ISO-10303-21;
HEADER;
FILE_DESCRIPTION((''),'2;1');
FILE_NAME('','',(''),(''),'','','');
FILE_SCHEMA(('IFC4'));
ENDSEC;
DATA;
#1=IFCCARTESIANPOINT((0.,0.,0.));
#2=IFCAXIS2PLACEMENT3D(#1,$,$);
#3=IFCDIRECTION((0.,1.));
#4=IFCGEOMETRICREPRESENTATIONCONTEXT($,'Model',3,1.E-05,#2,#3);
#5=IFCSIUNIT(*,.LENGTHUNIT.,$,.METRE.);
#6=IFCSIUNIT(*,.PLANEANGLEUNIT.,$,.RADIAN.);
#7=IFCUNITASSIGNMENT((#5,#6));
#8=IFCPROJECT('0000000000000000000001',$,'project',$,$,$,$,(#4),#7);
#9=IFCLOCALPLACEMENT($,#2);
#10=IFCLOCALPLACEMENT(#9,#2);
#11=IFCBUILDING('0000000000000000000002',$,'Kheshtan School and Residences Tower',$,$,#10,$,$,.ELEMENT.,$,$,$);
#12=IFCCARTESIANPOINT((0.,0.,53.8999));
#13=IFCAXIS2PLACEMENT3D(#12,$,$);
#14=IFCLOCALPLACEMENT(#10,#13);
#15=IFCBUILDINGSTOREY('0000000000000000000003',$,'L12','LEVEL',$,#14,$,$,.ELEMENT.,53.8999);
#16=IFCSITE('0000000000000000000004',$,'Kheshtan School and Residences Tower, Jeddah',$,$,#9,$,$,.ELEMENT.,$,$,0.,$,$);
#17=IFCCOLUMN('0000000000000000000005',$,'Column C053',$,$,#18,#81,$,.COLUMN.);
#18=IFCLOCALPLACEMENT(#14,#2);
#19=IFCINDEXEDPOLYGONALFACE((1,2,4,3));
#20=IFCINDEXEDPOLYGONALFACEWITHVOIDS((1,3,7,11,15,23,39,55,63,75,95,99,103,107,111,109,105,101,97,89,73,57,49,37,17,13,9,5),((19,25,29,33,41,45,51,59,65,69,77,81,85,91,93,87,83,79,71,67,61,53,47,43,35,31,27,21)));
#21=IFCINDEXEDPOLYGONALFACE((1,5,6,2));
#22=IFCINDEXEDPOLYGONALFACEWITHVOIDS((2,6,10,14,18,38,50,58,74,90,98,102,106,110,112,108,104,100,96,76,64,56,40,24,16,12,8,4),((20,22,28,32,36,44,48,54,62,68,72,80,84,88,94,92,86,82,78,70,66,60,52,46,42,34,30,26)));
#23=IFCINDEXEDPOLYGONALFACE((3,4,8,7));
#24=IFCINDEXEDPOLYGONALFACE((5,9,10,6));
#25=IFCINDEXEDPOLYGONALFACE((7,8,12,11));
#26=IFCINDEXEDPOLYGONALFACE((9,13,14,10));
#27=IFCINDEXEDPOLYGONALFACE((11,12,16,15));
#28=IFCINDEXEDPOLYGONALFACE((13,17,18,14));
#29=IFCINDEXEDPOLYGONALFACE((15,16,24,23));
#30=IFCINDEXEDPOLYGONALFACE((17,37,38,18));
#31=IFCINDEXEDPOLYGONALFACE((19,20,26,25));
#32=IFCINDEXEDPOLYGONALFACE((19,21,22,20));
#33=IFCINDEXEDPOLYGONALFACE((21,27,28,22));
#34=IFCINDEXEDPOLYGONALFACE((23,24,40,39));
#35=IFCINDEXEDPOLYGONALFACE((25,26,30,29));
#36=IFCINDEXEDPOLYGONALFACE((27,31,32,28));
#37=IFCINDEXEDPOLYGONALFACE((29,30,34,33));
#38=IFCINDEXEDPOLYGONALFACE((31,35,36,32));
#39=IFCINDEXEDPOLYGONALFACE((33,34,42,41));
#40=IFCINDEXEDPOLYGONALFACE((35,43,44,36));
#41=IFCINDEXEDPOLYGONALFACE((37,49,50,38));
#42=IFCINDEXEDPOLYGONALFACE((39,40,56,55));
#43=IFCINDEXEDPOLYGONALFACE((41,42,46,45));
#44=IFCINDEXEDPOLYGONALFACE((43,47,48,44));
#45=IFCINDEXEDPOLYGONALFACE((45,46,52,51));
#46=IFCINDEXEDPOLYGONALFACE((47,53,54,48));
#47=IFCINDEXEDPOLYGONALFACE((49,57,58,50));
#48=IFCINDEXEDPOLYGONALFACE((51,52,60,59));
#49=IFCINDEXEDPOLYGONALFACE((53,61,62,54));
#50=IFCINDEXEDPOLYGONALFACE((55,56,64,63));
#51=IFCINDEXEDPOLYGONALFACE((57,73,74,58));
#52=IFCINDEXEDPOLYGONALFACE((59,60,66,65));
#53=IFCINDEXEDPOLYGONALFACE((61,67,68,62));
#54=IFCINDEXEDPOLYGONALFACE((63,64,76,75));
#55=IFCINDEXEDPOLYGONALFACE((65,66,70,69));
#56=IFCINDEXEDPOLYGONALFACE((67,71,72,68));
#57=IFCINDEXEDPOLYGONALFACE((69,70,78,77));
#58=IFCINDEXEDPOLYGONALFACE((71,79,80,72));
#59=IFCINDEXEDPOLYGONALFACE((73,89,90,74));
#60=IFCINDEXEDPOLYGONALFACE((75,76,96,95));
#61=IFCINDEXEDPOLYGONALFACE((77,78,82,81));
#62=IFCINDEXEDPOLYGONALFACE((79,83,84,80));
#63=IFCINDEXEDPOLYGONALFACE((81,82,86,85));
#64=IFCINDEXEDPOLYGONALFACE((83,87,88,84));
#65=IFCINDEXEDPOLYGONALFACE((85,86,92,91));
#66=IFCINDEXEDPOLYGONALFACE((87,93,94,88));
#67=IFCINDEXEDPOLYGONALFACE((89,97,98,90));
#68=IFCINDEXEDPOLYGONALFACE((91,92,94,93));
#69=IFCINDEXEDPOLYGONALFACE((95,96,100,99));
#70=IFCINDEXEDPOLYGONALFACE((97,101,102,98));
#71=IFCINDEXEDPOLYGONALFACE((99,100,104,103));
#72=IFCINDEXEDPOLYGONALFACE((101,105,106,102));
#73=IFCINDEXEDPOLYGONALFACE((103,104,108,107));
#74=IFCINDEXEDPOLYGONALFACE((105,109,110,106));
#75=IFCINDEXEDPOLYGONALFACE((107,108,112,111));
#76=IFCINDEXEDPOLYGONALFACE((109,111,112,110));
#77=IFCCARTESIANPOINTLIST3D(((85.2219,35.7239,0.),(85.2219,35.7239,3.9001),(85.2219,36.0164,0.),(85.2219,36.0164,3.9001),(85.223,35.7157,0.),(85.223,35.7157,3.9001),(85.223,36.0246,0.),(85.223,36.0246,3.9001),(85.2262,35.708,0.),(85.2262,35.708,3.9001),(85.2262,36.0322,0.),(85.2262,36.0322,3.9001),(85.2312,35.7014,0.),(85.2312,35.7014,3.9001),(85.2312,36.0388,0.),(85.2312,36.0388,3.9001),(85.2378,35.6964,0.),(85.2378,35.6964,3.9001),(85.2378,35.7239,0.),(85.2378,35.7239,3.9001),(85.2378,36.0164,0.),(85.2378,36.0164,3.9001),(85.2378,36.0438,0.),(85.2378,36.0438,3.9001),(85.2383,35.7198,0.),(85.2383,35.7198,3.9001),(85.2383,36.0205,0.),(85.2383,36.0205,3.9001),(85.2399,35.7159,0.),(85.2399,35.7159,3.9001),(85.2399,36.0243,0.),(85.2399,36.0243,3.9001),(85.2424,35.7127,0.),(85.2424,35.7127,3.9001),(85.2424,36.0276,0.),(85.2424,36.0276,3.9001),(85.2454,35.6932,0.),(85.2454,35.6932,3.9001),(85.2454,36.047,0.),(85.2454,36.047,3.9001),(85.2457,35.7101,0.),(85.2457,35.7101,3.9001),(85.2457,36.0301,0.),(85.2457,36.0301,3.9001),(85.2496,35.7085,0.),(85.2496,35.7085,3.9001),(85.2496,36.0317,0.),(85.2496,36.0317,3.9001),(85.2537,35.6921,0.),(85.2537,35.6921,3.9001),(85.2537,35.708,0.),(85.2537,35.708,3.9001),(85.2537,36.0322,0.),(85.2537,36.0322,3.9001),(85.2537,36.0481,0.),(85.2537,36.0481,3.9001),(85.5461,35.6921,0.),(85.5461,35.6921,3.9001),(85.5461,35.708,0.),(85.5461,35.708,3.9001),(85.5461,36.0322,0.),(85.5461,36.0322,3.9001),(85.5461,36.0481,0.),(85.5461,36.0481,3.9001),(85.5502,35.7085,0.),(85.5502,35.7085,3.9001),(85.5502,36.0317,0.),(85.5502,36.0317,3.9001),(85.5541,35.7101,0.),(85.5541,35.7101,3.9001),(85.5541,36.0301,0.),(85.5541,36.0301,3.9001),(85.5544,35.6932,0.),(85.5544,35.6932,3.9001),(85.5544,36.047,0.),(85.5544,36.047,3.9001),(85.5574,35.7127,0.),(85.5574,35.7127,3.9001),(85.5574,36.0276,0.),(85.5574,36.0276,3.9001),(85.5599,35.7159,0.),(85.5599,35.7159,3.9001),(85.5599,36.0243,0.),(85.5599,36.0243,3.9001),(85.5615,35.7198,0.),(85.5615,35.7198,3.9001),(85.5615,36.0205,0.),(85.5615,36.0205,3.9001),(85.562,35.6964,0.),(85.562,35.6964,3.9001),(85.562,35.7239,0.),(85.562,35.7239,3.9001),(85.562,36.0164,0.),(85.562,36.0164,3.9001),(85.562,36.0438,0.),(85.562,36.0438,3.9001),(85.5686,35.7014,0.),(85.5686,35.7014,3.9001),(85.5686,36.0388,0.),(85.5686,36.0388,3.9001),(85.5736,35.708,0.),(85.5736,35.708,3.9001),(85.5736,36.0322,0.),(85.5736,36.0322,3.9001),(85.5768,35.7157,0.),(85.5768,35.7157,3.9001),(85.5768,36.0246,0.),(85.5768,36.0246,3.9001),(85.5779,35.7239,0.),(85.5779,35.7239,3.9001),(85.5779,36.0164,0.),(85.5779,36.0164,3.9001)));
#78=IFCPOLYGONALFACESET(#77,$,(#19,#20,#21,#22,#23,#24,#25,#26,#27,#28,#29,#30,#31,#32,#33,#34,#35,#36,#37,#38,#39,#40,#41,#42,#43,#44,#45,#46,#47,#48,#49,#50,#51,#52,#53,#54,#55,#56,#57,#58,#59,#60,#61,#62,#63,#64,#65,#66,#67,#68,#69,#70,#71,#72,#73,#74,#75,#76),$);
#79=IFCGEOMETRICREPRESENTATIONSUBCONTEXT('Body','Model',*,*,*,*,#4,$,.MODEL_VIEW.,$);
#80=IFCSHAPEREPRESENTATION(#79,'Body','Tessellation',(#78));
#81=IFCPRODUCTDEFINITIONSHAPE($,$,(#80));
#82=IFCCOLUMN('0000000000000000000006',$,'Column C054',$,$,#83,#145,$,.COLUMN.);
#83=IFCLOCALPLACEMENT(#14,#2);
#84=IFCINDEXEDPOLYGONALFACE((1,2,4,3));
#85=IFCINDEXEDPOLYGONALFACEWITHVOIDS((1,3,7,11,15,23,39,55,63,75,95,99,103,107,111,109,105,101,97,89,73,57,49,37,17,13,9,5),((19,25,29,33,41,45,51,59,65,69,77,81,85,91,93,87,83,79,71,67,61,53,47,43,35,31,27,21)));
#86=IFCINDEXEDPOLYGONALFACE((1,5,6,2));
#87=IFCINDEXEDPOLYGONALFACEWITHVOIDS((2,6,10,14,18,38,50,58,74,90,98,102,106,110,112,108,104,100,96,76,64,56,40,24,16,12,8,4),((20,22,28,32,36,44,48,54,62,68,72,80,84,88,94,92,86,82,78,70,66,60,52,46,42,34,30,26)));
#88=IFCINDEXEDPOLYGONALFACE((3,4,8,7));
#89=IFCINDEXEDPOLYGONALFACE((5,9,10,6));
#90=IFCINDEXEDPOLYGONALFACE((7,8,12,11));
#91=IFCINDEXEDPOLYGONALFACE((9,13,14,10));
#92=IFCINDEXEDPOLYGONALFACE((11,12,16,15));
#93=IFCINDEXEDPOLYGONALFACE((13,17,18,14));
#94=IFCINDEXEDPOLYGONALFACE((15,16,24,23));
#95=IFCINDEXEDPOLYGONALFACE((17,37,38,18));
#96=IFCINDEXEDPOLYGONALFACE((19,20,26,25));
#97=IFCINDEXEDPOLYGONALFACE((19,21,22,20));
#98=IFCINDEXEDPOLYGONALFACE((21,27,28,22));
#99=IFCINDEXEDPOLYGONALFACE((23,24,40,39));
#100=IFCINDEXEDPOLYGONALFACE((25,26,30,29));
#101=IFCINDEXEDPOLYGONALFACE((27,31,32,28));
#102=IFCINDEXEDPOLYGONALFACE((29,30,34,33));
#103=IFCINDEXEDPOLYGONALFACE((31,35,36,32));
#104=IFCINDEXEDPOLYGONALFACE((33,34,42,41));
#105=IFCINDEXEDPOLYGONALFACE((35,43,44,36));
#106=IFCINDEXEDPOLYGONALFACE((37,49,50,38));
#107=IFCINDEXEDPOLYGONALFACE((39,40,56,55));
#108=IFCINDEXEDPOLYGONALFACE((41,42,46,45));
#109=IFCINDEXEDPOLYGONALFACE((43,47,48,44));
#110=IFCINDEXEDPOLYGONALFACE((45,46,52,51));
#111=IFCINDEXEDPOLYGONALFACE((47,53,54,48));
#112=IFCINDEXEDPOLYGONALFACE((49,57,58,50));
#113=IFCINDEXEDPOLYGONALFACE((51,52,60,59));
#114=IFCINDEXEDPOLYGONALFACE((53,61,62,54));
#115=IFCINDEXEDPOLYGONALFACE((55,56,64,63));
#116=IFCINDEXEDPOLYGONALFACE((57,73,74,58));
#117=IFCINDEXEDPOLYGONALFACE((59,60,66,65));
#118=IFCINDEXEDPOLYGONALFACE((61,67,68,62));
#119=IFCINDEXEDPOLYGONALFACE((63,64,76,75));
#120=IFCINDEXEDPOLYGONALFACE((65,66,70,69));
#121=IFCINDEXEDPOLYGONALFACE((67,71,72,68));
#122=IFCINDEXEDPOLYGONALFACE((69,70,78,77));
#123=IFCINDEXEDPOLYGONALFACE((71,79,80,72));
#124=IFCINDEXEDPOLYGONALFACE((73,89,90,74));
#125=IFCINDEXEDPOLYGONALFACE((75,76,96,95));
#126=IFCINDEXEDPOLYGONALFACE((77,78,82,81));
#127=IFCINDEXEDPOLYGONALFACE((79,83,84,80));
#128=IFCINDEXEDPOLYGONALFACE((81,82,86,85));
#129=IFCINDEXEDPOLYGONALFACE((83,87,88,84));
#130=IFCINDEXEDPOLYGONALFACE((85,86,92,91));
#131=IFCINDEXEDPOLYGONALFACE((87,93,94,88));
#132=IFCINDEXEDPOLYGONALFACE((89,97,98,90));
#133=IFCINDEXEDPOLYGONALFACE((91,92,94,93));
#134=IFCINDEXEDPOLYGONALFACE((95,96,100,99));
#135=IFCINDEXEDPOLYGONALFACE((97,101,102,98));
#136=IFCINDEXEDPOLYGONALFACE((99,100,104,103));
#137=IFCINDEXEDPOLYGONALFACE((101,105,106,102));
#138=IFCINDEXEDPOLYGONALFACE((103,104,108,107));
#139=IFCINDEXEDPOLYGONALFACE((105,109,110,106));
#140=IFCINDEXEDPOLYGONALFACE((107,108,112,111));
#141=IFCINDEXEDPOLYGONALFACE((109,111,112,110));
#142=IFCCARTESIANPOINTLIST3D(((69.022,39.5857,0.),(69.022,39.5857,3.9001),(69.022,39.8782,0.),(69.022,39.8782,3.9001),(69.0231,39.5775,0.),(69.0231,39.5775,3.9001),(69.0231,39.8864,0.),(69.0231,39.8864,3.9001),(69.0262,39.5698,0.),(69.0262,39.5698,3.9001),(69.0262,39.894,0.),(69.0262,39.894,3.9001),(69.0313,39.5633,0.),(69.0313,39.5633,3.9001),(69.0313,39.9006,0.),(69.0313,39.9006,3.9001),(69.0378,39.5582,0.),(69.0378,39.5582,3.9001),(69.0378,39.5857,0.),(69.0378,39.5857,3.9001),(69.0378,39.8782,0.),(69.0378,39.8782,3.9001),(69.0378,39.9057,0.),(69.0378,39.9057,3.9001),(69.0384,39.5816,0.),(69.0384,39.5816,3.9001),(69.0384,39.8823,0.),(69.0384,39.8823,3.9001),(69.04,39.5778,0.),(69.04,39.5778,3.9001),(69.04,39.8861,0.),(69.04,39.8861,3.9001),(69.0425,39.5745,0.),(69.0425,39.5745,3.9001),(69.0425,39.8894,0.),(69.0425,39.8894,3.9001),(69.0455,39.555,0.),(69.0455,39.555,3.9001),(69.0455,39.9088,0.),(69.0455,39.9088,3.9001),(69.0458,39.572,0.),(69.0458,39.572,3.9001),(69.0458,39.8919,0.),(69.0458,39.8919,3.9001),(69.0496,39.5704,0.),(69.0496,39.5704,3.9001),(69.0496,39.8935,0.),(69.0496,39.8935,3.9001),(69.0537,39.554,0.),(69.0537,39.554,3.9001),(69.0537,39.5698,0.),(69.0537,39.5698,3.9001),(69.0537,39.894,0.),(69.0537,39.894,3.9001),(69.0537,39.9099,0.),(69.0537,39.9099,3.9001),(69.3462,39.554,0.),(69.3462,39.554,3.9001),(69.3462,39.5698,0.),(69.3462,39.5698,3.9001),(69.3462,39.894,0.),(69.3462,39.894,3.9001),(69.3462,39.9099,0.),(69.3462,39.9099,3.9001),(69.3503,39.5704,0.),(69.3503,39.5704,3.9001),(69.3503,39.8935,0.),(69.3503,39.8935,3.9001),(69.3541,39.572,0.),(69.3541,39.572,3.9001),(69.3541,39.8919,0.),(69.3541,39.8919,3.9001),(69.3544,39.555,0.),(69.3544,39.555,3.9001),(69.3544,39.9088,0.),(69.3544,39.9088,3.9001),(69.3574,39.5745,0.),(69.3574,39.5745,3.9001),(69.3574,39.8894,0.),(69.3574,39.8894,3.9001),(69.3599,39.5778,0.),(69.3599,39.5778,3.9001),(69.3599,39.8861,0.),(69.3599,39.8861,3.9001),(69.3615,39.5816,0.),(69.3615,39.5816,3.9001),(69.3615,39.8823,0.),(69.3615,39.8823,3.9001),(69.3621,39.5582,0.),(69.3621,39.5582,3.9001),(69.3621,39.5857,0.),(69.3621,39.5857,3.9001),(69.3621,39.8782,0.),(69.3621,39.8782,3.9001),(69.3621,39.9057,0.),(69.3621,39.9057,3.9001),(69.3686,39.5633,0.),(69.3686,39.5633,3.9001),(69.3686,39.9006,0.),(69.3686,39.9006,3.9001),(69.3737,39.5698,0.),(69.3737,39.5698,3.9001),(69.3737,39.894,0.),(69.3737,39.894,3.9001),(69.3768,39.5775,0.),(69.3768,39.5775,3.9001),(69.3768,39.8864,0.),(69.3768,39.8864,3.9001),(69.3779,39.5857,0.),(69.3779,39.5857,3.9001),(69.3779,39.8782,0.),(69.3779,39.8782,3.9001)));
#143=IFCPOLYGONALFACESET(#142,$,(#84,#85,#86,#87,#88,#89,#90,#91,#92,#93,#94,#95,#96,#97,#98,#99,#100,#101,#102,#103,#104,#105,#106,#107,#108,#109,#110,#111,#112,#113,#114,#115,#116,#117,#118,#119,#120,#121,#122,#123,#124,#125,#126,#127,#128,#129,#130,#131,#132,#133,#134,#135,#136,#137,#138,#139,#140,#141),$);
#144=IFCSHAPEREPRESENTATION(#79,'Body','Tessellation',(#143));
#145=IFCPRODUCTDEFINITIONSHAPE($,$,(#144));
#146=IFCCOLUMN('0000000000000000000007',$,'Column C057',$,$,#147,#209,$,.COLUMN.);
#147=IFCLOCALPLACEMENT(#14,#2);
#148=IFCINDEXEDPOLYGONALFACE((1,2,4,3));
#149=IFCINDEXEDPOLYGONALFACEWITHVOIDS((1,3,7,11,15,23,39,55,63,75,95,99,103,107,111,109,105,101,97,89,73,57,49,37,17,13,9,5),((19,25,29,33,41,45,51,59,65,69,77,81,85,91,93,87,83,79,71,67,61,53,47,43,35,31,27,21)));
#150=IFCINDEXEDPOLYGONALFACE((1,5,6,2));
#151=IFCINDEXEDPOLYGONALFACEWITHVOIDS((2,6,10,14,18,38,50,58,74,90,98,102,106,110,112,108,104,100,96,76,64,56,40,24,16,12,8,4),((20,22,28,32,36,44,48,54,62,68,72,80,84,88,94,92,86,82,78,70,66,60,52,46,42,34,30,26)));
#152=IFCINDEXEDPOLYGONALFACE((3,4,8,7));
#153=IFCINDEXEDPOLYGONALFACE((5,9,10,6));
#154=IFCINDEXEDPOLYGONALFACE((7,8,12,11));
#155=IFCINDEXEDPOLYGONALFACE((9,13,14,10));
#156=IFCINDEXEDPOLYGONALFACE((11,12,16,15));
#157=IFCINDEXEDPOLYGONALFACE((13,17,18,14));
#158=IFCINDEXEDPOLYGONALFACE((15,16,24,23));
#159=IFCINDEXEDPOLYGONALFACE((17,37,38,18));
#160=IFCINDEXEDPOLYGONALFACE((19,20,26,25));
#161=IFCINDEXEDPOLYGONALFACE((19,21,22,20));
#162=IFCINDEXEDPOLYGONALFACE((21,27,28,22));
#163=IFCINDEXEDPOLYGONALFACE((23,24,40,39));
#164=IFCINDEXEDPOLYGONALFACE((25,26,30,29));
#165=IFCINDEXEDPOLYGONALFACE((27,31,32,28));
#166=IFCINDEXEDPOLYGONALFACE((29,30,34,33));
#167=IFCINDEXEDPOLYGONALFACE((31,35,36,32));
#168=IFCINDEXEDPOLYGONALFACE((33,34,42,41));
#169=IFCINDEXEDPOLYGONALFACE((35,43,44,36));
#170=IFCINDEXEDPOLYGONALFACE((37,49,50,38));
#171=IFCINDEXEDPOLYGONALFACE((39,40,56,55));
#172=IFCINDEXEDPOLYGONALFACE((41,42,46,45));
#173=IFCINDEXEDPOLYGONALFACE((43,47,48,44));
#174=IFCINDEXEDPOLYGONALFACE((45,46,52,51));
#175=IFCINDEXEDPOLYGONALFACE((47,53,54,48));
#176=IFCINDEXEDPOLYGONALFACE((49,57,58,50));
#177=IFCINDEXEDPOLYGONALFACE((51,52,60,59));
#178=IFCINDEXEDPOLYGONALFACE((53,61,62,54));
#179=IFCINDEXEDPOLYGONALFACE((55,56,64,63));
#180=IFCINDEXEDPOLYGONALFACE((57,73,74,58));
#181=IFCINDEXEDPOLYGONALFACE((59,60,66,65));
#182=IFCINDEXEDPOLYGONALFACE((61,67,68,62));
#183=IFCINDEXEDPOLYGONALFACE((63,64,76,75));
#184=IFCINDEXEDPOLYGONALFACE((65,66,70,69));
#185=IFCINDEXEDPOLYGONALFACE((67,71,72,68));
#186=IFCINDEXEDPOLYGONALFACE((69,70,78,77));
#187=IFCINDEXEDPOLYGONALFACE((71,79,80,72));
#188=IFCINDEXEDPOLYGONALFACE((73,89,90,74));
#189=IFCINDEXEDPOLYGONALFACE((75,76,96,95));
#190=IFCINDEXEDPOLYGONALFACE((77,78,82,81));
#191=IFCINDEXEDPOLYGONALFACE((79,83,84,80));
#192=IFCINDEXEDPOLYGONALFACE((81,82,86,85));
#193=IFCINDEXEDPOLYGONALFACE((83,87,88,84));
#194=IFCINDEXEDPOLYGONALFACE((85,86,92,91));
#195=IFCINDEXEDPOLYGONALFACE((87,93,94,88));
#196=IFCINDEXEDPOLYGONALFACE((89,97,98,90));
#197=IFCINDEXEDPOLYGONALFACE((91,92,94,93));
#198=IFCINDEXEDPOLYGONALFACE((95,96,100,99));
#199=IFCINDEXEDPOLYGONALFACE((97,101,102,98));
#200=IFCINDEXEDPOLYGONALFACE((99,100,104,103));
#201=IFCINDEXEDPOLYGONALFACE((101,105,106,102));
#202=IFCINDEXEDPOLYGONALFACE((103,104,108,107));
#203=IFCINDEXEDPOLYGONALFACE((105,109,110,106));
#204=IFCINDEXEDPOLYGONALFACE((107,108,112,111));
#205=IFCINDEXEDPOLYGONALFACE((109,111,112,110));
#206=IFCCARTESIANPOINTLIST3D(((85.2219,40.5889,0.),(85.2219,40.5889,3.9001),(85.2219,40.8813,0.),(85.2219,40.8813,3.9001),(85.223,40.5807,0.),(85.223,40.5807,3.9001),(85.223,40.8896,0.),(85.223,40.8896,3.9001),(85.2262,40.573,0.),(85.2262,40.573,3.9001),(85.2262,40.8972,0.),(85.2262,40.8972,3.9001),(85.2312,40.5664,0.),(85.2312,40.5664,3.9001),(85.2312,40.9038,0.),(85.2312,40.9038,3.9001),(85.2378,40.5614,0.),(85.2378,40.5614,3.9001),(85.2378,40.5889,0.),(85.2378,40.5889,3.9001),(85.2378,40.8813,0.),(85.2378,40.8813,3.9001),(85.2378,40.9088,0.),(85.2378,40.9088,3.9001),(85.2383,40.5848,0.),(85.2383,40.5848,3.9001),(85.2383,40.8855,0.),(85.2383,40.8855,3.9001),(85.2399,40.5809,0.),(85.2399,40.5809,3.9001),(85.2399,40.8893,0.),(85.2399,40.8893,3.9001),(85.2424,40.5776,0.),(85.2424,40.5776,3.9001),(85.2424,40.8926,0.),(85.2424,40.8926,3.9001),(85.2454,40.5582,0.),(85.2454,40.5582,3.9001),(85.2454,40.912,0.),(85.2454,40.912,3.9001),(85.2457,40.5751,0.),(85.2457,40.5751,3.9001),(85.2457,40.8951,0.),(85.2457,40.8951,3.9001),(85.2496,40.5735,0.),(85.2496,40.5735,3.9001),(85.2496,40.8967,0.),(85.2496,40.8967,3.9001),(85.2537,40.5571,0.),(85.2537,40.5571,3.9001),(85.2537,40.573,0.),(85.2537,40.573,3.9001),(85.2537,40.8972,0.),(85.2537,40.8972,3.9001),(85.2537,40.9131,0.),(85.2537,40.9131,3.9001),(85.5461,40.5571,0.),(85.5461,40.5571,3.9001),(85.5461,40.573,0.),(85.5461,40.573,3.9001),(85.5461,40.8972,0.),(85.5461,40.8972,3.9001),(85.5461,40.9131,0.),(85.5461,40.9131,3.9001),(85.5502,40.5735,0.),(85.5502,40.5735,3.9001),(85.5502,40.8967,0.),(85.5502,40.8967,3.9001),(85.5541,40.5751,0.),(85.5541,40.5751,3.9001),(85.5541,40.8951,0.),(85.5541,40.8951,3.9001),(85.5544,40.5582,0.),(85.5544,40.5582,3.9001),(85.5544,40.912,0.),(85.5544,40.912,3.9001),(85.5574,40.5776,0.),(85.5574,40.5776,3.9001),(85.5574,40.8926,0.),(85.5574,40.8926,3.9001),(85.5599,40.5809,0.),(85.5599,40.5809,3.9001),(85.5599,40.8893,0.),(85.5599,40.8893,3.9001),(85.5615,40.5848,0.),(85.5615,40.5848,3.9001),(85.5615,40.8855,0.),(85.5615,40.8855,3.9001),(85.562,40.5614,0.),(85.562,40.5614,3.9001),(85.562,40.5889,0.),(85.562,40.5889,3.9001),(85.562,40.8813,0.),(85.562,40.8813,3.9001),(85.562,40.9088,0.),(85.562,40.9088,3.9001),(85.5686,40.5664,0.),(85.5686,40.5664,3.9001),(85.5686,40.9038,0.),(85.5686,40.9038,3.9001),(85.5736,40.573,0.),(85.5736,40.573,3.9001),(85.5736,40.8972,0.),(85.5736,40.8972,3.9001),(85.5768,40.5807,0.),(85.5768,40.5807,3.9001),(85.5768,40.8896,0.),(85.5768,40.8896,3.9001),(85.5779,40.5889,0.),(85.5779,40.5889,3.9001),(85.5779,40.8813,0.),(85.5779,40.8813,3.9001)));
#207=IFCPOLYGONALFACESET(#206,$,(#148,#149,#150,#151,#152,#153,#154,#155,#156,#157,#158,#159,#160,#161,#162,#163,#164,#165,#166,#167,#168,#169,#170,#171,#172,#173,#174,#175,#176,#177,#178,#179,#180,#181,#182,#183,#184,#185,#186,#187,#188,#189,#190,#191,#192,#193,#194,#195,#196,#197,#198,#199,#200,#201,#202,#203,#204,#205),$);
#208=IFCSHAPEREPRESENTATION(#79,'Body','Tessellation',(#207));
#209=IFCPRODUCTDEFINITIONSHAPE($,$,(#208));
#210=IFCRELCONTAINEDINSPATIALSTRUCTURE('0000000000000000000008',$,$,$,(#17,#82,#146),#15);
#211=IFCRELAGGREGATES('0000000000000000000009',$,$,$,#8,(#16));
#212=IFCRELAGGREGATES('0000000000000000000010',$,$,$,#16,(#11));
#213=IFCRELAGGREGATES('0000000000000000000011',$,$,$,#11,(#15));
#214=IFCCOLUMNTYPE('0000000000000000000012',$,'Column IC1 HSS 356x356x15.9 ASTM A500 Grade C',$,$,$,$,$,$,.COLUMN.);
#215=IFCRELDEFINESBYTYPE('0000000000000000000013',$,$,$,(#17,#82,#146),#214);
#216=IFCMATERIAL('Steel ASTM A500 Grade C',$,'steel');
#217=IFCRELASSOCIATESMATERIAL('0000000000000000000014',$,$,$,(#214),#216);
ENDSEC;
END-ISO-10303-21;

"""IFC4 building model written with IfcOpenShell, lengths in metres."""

from ifc_helpers import new_model, si_unit, direction, frame, origin, origin_2d, place, context, subcontext, project, spatial, hollow_rectangle, extrude, material, material_profile, profile_set, type_object, element, save


model = new_model("IFC4")

# Units and contexts
model_context = context("Model", 3, precision=1e-05, world=origin(), true_north=direction((0.0, 1.0)))
body_context = subcontext(model_context, "Body", "Model", "MODEL_VIEW")
ifc_project = project(units=[si_unit("LENGTHUNIT", "METRE"), si_unit("PLANEANGLEUNIT", "RADIAN")], contexts=[model_context])

# Site, building, storey
site_placement = place(None, origin())
site = spatial("IfcSite", under=ifc_project, at=site_placement, Name="Kheshtan School and Residences Tower, Jeddah", CompositionType="ELEMENT", RefElevation=0.0)
building_placement = place(site_placement, origin())
building = spatial("IfcBuilding", under=site, at=building_placement, Name="Kheshtan School and Residences Tower", CompositionType="ELEMENT")
storey_placement = place(building_placement, frame((0.0, 0.0, 53.8999)))
storey = spatial("IfcBuildingStorey", under=building, at=storey_placement, Name="L12", Description="LEVEL", CompositionType="ELEMENT", Elevation=53.8999)

# Columns
ifc_material_1 = material(Name="Steel ASTM A500 Grade C", Category="steel")
ifc_material_profile_1 = material_profile(ifc_material_1, hollow_rectangle(XDim=0.356, YDim=0.356, WallThickness=0.0159, InnerFilletRadius=0.0159, OuterFilletRadius=0.0317, at=origin_2d()), Name="HSS 356x356x15.9")
ifc_profile_set_1 = profile_set([ifc_material_profile_1], Name="Steel ASTM A500 Grade C")
column_type = type_object("IfcColumnType", Name="Column IC1 HSS 356x356x15.9 ASTM A500 Grade C", PredefinedType="COLUMN", material=ifc_profile_set_1)
for number, where, z_axis, x_axis, name in (
    (1, (85.3999, 35.8701, 0.0), (0.0, 0.0, 1.0), (1.0, 0.0, 0.0), "Column C053"),
    (2, (69.2, 39.7319, 0.0), (0.0, 0.0, 1.0), (1.0, 0.0, 0.0), "Column C054"),
    (3, (85.3999, 40.7351, 0.0), (0.0, 0.0, 1.0), (1.0, 0.0, 0.0), "Column C057"),
):
    element("IfcColumn", number, at=place(storey_placement, frame(where, z_axis=z_axis, x_axis=x_axis)), inside=storey, type_object=column_type, Name=name, PredefinedType="COLUMN", context=body_context, shape_type="SweptSolid", body=[
        extrude(hollow_rectangle(XDim=0.356, YDim=0.356, WallThickness=0.0159, InnerFilletRadius=0.0159, OuterFilletRadius=0.0317, at=origin_2d()), origin(), (0.0, 0.0, 1.0), 3.9001),
    ])

save(model, "model.ifc")
